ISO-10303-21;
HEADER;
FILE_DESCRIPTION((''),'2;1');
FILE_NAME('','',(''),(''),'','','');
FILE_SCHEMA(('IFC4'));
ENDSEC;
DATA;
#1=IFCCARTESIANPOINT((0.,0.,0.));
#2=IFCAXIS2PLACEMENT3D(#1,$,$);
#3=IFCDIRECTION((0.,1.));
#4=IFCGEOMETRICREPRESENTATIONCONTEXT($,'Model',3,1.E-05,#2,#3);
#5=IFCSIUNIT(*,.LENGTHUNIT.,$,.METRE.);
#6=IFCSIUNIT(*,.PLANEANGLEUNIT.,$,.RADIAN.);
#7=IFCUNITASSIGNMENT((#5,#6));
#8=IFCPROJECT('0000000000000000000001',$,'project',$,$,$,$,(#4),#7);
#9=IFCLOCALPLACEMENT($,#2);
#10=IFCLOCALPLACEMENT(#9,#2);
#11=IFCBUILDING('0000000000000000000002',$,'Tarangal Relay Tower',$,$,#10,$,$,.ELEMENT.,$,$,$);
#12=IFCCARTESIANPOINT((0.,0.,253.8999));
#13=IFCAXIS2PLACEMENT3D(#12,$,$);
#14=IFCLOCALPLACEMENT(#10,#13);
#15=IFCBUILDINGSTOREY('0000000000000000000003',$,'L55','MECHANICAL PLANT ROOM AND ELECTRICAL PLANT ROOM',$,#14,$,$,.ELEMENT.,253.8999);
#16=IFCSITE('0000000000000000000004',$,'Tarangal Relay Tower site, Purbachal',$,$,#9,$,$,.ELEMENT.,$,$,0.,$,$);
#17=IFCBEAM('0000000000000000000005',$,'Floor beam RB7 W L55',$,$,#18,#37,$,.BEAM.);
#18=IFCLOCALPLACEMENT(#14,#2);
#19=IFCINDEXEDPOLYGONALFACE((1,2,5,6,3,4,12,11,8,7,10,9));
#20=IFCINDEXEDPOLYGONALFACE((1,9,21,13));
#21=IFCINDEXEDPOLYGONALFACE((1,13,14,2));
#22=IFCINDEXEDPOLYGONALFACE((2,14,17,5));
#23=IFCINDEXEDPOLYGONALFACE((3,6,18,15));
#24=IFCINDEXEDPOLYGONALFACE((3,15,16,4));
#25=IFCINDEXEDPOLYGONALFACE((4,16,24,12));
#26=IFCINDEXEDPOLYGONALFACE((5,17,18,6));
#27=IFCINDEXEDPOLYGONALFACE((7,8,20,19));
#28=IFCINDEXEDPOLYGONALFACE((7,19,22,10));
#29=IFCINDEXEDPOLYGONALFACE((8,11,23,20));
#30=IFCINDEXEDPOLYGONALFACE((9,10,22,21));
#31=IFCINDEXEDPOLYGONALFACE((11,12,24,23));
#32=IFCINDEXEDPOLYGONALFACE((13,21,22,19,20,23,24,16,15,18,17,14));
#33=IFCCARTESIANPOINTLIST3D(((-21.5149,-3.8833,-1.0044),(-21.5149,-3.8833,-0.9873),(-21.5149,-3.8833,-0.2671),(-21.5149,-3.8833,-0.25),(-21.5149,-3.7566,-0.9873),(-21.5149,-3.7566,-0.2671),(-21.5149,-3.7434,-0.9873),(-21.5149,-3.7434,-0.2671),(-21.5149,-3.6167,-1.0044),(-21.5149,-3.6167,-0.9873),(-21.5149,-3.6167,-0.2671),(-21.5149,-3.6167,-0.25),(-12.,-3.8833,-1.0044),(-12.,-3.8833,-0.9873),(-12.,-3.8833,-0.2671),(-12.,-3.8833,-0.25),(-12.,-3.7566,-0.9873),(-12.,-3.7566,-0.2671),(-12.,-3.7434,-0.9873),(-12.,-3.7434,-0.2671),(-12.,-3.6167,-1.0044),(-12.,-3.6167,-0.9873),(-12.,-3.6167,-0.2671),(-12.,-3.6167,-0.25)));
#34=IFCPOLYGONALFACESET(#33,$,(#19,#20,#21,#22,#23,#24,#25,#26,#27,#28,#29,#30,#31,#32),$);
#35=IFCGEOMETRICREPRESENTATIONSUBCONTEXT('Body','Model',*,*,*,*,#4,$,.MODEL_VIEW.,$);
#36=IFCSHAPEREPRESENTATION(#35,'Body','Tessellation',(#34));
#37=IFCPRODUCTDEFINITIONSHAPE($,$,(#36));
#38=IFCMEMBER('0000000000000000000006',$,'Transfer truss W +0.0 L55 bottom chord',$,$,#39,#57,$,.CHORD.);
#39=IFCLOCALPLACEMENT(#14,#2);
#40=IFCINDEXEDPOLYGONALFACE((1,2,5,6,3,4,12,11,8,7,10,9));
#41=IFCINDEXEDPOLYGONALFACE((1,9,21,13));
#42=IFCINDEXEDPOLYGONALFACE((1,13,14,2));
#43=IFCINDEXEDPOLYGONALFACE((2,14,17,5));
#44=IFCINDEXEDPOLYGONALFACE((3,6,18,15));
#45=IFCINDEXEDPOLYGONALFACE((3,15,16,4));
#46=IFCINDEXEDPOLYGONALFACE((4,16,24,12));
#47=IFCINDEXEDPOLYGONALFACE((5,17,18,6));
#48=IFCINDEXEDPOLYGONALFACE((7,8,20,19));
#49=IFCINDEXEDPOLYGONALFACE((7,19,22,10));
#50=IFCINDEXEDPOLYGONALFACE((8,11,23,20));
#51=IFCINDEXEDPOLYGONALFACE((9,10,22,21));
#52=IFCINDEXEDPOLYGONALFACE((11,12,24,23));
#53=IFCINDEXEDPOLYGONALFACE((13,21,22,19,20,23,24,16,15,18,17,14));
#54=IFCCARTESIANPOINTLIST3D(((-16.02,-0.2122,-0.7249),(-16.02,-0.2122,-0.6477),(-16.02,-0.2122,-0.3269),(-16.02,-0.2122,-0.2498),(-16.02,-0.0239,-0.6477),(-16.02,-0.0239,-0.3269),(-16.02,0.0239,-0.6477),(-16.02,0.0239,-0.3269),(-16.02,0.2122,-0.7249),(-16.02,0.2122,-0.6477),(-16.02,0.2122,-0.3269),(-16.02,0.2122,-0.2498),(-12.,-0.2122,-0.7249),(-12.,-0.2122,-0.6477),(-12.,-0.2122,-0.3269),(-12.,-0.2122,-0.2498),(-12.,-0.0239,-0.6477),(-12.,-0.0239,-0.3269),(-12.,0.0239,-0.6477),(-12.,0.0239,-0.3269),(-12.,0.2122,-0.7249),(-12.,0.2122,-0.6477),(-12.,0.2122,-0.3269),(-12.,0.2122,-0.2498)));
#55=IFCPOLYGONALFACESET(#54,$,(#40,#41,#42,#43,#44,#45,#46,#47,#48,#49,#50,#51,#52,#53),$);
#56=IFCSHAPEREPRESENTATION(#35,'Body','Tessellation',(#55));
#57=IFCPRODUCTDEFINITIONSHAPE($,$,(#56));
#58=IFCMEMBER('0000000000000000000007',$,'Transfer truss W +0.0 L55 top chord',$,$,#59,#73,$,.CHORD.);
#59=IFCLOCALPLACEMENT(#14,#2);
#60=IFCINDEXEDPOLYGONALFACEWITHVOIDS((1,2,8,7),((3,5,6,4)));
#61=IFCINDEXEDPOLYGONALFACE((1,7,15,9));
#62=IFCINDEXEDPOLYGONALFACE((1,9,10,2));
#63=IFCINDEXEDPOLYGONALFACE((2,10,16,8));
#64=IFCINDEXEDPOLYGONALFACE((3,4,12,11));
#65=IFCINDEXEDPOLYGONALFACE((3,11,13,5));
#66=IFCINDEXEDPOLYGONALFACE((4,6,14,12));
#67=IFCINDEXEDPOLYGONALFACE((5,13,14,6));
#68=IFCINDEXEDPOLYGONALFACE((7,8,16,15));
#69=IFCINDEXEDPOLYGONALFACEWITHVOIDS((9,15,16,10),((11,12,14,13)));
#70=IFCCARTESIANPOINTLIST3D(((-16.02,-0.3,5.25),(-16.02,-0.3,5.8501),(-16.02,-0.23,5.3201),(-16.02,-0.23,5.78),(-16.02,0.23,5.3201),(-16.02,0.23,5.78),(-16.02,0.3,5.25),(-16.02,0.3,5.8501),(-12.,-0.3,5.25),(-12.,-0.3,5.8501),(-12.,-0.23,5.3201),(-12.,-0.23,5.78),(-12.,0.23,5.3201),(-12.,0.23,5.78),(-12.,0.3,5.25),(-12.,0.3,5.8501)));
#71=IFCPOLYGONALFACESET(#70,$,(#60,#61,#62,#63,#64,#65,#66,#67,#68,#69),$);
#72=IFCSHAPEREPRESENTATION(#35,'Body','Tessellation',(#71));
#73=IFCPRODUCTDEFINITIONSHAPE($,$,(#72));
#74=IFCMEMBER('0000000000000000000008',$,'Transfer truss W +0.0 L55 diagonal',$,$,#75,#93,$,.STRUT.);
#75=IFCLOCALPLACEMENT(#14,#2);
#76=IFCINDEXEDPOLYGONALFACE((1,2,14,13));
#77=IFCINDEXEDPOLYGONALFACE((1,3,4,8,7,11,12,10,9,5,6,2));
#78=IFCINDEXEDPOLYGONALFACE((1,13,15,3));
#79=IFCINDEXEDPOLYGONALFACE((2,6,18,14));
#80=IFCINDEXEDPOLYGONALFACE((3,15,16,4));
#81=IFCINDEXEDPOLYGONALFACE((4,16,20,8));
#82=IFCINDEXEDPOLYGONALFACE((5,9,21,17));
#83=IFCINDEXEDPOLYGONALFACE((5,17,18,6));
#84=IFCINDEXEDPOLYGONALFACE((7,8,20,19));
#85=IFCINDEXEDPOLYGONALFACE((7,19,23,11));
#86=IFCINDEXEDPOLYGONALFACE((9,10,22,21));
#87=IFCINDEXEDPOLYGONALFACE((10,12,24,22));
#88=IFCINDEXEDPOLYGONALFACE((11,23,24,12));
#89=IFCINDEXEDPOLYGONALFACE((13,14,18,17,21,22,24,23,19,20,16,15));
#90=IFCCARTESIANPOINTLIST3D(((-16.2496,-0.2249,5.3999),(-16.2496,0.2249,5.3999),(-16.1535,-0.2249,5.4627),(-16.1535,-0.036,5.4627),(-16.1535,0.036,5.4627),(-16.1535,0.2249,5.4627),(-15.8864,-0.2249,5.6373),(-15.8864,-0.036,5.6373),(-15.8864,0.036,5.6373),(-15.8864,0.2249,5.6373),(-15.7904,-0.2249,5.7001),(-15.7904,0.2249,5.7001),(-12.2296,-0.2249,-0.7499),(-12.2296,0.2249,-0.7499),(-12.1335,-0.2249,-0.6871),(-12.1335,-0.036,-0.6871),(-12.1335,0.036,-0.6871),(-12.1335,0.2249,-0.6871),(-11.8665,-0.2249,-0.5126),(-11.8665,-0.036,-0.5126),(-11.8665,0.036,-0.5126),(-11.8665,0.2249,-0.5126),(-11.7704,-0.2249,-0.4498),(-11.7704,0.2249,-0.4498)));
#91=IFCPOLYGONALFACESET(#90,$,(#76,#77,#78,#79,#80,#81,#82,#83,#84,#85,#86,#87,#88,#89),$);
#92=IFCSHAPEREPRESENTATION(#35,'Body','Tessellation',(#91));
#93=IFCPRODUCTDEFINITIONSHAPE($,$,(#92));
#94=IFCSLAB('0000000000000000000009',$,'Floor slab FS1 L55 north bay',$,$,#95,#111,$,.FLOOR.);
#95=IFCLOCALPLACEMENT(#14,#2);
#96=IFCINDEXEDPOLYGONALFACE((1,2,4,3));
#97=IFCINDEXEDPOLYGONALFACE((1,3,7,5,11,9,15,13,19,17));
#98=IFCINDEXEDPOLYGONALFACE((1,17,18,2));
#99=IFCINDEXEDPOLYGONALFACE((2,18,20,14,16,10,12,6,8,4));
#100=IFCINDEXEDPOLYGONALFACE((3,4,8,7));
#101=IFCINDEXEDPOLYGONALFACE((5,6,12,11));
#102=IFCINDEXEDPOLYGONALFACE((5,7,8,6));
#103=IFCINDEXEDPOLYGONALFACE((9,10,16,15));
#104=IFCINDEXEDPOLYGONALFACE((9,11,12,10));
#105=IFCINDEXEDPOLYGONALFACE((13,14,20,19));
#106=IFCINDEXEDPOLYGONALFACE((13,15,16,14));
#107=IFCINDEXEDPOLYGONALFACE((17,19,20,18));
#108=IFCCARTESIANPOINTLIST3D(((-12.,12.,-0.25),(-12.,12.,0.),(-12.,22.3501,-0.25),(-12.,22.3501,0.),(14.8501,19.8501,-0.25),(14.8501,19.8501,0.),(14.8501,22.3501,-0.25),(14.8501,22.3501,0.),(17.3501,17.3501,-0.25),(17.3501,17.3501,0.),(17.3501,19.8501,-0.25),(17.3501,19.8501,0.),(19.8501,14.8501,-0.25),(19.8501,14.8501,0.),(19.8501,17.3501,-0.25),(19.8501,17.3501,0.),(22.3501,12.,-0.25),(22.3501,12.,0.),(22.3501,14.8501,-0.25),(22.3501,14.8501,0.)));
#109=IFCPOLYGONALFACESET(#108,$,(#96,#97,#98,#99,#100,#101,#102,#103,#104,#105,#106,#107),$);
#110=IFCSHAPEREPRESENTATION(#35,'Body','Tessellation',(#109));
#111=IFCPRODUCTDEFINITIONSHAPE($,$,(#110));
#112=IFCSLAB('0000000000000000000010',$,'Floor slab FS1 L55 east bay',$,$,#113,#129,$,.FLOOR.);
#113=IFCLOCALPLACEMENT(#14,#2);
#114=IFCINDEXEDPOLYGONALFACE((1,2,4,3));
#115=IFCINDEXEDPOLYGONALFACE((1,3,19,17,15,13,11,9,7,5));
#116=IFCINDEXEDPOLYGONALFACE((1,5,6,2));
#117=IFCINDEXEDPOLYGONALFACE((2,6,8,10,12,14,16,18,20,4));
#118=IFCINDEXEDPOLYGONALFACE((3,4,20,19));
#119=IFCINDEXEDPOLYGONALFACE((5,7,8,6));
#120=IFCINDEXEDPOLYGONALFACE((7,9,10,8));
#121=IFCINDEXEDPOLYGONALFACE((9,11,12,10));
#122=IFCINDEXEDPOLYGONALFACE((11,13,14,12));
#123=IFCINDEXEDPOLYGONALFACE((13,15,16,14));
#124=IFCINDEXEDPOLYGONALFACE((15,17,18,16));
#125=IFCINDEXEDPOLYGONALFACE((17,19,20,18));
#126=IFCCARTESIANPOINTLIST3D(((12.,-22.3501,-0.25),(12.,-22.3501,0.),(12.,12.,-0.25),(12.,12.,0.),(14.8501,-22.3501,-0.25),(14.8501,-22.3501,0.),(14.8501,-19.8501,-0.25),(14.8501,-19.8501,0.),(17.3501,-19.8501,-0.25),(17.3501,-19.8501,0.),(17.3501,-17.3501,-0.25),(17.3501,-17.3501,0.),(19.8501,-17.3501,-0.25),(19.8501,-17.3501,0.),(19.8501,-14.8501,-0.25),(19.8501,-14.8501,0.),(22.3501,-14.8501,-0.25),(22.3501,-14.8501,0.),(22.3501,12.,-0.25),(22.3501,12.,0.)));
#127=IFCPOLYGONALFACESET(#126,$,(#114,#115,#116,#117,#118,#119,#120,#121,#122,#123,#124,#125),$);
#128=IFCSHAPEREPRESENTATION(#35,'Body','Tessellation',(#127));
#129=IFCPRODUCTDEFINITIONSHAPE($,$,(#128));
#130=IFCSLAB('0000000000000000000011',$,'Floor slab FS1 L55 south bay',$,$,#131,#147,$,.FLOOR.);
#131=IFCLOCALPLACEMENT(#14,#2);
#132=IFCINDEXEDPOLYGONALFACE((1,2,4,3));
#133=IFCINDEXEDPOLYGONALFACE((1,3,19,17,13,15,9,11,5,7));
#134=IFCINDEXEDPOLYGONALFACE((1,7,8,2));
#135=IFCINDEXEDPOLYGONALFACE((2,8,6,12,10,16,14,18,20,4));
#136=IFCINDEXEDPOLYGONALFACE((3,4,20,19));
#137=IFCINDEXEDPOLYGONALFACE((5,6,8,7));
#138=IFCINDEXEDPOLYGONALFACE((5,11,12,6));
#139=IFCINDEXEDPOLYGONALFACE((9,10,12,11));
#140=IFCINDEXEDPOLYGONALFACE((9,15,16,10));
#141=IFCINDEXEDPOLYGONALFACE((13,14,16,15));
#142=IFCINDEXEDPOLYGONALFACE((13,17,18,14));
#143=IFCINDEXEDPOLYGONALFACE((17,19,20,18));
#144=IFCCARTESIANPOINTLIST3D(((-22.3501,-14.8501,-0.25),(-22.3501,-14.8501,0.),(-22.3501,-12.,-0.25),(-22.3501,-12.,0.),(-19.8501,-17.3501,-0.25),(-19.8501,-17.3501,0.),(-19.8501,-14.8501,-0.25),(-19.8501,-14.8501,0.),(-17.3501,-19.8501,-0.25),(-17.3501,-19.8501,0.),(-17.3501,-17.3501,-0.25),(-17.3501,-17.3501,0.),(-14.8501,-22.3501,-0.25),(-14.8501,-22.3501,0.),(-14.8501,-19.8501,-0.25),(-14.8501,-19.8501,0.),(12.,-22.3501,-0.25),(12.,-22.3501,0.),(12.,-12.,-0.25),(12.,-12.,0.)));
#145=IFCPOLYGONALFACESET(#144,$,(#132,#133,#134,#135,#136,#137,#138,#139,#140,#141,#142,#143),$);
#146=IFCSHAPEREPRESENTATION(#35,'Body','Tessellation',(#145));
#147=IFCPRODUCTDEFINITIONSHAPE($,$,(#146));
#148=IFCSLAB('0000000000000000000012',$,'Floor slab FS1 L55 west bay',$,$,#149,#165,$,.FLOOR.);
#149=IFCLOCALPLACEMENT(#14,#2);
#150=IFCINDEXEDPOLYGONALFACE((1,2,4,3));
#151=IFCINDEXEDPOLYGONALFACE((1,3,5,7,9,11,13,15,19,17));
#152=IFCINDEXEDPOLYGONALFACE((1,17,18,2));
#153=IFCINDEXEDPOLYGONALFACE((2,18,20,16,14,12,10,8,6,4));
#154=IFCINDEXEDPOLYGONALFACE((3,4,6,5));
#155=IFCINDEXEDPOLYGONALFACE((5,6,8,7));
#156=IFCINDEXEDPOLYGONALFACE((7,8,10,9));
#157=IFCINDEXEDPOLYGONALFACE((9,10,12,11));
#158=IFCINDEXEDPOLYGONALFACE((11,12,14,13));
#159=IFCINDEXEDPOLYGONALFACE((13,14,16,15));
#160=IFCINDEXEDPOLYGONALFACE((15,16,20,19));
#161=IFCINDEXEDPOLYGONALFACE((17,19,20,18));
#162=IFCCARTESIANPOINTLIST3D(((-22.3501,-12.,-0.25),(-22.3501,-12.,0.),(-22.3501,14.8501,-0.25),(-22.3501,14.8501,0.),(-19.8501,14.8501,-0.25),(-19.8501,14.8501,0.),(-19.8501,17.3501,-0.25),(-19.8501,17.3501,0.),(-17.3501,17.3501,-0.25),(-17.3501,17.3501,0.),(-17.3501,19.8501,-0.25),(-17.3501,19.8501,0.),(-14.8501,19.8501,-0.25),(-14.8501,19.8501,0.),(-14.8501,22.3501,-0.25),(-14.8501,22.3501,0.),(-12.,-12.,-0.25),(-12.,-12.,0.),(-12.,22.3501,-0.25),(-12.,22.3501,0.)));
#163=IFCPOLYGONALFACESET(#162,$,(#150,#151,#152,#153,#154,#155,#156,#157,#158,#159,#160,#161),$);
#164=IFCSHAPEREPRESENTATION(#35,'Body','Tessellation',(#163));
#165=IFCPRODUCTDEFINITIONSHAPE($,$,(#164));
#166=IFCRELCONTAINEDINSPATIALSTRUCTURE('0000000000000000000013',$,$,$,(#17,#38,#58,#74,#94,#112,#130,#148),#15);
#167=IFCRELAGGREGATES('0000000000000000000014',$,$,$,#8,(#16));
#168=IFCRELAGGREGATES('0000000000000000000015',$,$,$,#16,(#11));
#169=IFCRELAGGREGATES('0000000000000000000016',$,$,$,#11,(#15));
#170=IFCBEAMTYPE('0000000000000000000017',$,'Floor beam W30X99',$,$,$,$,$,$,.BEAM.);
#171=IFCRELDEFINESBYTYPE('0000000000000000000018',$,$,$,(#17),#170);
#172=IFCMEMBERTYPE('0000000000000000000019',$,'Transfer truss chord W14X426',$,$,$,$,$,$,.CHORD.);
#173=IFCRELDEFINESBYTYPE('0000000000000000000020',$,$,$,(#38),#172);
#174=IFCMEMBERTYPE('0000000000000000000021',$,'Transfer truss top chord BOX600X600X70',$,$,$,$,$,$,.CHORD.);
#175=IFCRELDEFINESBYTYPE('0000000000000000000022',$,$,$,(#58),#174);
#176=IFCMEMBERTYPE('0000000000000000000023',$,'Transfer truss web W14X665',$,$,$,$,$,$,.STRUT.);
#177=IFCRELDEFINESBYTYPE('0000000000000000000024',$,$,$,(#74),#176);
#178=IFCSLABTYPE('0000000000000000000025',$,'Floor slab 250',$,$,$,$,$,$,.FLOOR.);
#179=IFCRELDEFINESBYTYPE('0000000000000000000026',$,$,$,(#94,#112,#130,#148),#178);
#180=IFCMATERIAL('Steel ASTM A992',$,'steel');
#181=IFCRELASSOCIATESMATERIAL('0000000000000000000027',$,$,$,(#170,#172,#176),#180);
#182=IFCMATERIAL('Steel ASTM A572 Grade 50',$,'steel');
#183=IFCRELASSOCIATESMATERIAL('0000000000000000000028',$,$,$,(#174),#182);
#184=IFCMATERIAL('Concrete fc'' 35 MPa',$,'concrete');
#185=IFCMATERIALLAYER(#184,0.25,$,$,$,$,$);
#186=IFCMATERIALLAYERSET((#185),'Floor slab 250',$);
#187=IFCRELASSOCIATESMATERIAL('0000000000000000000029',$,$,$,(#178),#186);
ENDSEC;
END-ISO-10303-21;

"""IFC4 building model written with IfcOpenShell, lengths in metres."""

from ifc_helpers import new_model, si_unit, direction, frame, origin, origin_2d, place, context, subcontext, project, spatial, polyline, hollow_rectangle, i_section, outline, extrude, material, layer, layer_set, material_profile, profile_set, type_object, element, save


model = new_model("IFC4")

# Units and contexts
model_context = context("Model", 3, precision=1e-05, world=origin(), true_north=direction((0.0, 1.0)))
body_context = subcontext(model_context, "Body", "Model", "MODEL_VIEW")
ifc_project = project(units=[si_unit("LENGTHUNIT", "METRE"), si_unit("PLANEANGLEUNIT", "RADIAN")], contexts=[model_context])

# Site, building, storey
site_placement = place(None, origin())
site = spatial("IfcSite", under=ifc_project, at=site_placement, Name="Tarangal Relay Tower site, Purbachal", CompositionType="ELEMENT", RefElevation=0.0)
building_placement = place(site_placement, origin())
building = spatial("IfcBuilding", under=site, at=building_placement, Name="Tarangal Relay Tower", CompositionType="ELEMENT")
storey_placement = place(building_placement, frame((0.0, 0.0, 253.8999)))
storey = spatial("IfcBuildingStorey", under=building, at=storey_placement, Name="L55", Description="MECHANICAL PLANT ROOM AND ELECTRICAL PLANT ROOM", CompositionType="ELEMENT", Elevation=253.8999)

# Beam
ifc_material_1 = material(Name="Steel ASTM A992", Category="steel")
ifc_material_profile_1 = material_profile(ifc_material_1, i_section(OverallWidth=0.2666, OverallDepth=0.7544, WebThickness=0.0132, FlangeThickness=0.0171, at=origin_2d()), Name="W30X99")
ifc_profile_set_1 = profile_set([ifc_material_profile_1], Name="Steel ASTM A992")
beam_type = type_object("IfcBeamType", Name="Floor beam W30X99", PredefinedType="BEAM", material=ifc_profile_set_1)
beam_placement = place(storey_placement, frame((-12.0, -3.75, -0.6272), z_axis=(-1.0, 0.0, 0.0), x_axis=(0.0, -1.0, 0.0)))
element("IfcBeam", 1, at=beam_placement, inside=storey, type_object=beam_type, Name="Floor beam RB7 W L55", PredefinedType="BEAM", context=body_context, shape_type="SweptSolid", body=[
    extrude(i_section(OverallWidth=0.2666, OverallDepth=0.7544, WebThickness=0.0132, FlangeThickness=0.0171, at=origin_2d()), origin(), (0.0, 0.0, 1.0), 9.5149),
])

# Members
ifc_material_profile_2 = material_profile(ifc_material_1, i_section(OverallWidth=0.4243, OverallDepth=0.4751, WebThickness=0.0479, FlangeThickness=0.0771, at=origin_2d()), Name="W14X426")
ifc_profile_set_2 = profile_set([ifc_material_profile_2], Name="Steel ASTM A992")
member_type_1 = type_object("IfcMemberType", Name="Transfer truss chord W14X426", PredefinedType="CHORD", material=ifc_profile_set_2)
member_1_placement = place(storey_placement, frame((-12.0, 0.0, -0.4873), z_axis=(-1.0, 0.0, 0.0), x_axis=(0.0, -1.0, 0.0)))
element("IfcMember", 2, at=member_1_placement, inside=storey, type_object=member_type_1, Name="Transfer truss W +0.0 L55 bottom chord", PredefinedType="CHORD", context=body_context, shape_type="SweptSolid", body=[
    extrude(i_section(OverallWidth=0.4243, OverallDepth=0.4751, WebThickness=0.0479, FlangeThickness=0.0771, at=origin_2d()), origin(), (0.0, 0.0, 1.0), 4.02),
])
ifc_material_2 = material(Name="Steel ASTM A572 Grade 50", Category="steel")
ifc_material_profile_3 = material_profile(ifc_material_2, hollow_rectangle(XDim=0.6001, YDim=0.6001, WallThickness=0.0701, at=origin_2d()), Name="BOX600X600X70")
ifc_profile_set_3 = profile_set([ifc_material_profile_3], Name="Steel ASTM A572 Grade 50")
member_type_2 = type_object("IfcMemberType", Name="Transfer truss top chord BOX600X600X70", PredefinedType="CHORD", material=ifc_profile_set_3)
member_2_placement = place(storey_placement, frame((-12.0, 0.0, 5.55), z_axis=(-1.0, 0.0, 0.0), x_axis=(0.0, -1.0, 0.0)))
element("IfcMember", 3, at=member_2_placement, inside=storey, type_object=member_type_2, Name="Transfer truss W +0.0 L55 top chord", PredefinedType="CHORD", context=body_context, shape_type="SweptSolid", body=[
    extrude(hollow_rectangle(XDim=0.6001, YDim=0.6001, WallThickness=0.0701, at=origin_2d()), origin(), (0.0, 0.0, 1.0), 4.02),
])
ifc_material_profile_4 = material_profile(ifc_material_1, i_section(OverallWidth=0.4497, OverallDepth=0.5486, WebThickness=0.072, FlangeThickness=0.1147, at=origin_2d()), Name="W14X665")
ifc_profile_set_4 = profile_set([ifc_material_profile_4], Name="Steel ASTM A992")
member_type_3 = type_object("IfcMemberType", Name="Transfer truss web W14X665", PredefinedType="STRUT", material=ifc_profile_set_4)
member_3_placement = place(storey_placement, frame((-12.0, 0.0, -0.5999), z_axis=(-0.547147, 0.0, 0.837036), x_axis=(0.0, -1.0, 0.0)))
element("IfcMember", 4, at=member_3_placement, inside=storey, type_object=member_type_3, Name="Transfer truss W +0.0 L55 diagonal", PredefinedType="STRUT", context=body_context, shape_type="SweptSolid", body=[
    extrude(i_section(OverallWidth=0.4497, OverallDepth=0.5486, WebThickness=0.072, FlangeThickness=0.1147, at=origin_2d()), origin(), (0.0, 0.0, 1.0), 7.3472),
])

# Slabs
ifc_material_3 = material(Name="Concrete fc' 35 MPa", Category="concrete")
ifc_layer_1 = layer(ifc_material_3, 0.25)
ifc_layer_set_1 = layer_set([ifc_layer_1], Name="Floor slab 250")
slab_type_1 = type_object("IfcSlabType", Name="Floor slab 250", PredefinedType="FLOOR", material=ifc_layer_set_1)
slab_1_placement = place(storey_placement, frame((0.0, 0.0, -0.25)))
element("IfcSlab", 5, at=slab_1_placement, inside=storey, type_object=slab_type_1, Name="Floor slab FS1 L55 north bay", PredefinedType="FLOOR", context=body_context, shape_type="SweptSolid", body=[
    extrude(outline(polyline([(14.8501, 22.3501), (14.8501, 19.8501), (17.3501, 19.8501), (17.3501, 17.3501), (19.8501, 17.3501), (19.8501, 14.8501), (22.3501, 14.8501), (22.3501, 12.0), (-12.0, 12.0), (-12.0, 22.3501), (14.8501, 22.3501)])), origin(), (0.0, 0.0, 1.0), 0.25),
])
slab_2_placement = place(storey_placement, frame((0.0, 0.0, -0.25)))
element("IfcSlab", 6, at=slab_2_placement, inside=storey, type_object=slab_type_1, Name="Floor slab FS1 L55 east bay", PredefinedType="FLOOR", context=body_context, shape_type="SweptSolid", body=[
    extrude(outline(polyline([(22.3501, -14.8501), (19.8501, -14.8501), (19.8501, -17.3501), (17.3501, -17.3501), (17.3501, -19.8501), (14.8501, -19.8501), (14.8501, -22.3501), (12.0, -22.3501), (12.0, 12.0), (22.3501, 12.0), (22.3501, -14.8501)])), origin(), (0.0, 0.0, 1.0), 0.25),
])
slab_3_placement = place(storey_placement, frame((0.0, 0.0, -0.25)))
element("IfcSlab", 7, at=slab_3_placement, inside=storey, type_object=slab_type_1, Name="Floor slab FS1 L55 south bay", PredefinedType="FLOOR", context=body_context, shape_type="SweptSolid", body=[
    extrude(outline(polyline([(-14.8501, -22.3501), (-14.8501, -19.8501), (-17.3501, -19.8501), (-17.3501, -17.3501), (-19.8501, -17.3501), (-19.8501, -14.8501), (-22.3501, -14.8501), (-22.3501, -12.0), (12.0, -12.0), (12.0, -22.3501), (-14.8501, -22.3501)])), origin(), (0.0, 0.0, 1.0), 0.25),
])
slab_4_placement = place(storey_placement, frame((0.0, 0.0, -0.25)))
element("IfcSlab", 8, at=slab_4_placement, inside=storey, type_object=slab_type_1, Name="Floor slab FS1 L55 west bay", PredefinedType="FLOOR", context=body_context, shape_type="SweptSolid", body=[
    extrude(outline(polyline([(-12.0, 22.3501), (-12.0, -12.0), (-22.3501, -12.0), (-22.3501, 14.8501), (-19.8501, 14.8501), (-19.8501, 17.3501), (-17.3501, 17.3501), (-17.3501, 19.8501), (-14.8501, 19.8501), (-14.8501, 22.3501), (-12.0, 22.3501)])), origin(), (0.0, 0.0, 1.0), 0.25),
])

save(model, "model.ifc")
